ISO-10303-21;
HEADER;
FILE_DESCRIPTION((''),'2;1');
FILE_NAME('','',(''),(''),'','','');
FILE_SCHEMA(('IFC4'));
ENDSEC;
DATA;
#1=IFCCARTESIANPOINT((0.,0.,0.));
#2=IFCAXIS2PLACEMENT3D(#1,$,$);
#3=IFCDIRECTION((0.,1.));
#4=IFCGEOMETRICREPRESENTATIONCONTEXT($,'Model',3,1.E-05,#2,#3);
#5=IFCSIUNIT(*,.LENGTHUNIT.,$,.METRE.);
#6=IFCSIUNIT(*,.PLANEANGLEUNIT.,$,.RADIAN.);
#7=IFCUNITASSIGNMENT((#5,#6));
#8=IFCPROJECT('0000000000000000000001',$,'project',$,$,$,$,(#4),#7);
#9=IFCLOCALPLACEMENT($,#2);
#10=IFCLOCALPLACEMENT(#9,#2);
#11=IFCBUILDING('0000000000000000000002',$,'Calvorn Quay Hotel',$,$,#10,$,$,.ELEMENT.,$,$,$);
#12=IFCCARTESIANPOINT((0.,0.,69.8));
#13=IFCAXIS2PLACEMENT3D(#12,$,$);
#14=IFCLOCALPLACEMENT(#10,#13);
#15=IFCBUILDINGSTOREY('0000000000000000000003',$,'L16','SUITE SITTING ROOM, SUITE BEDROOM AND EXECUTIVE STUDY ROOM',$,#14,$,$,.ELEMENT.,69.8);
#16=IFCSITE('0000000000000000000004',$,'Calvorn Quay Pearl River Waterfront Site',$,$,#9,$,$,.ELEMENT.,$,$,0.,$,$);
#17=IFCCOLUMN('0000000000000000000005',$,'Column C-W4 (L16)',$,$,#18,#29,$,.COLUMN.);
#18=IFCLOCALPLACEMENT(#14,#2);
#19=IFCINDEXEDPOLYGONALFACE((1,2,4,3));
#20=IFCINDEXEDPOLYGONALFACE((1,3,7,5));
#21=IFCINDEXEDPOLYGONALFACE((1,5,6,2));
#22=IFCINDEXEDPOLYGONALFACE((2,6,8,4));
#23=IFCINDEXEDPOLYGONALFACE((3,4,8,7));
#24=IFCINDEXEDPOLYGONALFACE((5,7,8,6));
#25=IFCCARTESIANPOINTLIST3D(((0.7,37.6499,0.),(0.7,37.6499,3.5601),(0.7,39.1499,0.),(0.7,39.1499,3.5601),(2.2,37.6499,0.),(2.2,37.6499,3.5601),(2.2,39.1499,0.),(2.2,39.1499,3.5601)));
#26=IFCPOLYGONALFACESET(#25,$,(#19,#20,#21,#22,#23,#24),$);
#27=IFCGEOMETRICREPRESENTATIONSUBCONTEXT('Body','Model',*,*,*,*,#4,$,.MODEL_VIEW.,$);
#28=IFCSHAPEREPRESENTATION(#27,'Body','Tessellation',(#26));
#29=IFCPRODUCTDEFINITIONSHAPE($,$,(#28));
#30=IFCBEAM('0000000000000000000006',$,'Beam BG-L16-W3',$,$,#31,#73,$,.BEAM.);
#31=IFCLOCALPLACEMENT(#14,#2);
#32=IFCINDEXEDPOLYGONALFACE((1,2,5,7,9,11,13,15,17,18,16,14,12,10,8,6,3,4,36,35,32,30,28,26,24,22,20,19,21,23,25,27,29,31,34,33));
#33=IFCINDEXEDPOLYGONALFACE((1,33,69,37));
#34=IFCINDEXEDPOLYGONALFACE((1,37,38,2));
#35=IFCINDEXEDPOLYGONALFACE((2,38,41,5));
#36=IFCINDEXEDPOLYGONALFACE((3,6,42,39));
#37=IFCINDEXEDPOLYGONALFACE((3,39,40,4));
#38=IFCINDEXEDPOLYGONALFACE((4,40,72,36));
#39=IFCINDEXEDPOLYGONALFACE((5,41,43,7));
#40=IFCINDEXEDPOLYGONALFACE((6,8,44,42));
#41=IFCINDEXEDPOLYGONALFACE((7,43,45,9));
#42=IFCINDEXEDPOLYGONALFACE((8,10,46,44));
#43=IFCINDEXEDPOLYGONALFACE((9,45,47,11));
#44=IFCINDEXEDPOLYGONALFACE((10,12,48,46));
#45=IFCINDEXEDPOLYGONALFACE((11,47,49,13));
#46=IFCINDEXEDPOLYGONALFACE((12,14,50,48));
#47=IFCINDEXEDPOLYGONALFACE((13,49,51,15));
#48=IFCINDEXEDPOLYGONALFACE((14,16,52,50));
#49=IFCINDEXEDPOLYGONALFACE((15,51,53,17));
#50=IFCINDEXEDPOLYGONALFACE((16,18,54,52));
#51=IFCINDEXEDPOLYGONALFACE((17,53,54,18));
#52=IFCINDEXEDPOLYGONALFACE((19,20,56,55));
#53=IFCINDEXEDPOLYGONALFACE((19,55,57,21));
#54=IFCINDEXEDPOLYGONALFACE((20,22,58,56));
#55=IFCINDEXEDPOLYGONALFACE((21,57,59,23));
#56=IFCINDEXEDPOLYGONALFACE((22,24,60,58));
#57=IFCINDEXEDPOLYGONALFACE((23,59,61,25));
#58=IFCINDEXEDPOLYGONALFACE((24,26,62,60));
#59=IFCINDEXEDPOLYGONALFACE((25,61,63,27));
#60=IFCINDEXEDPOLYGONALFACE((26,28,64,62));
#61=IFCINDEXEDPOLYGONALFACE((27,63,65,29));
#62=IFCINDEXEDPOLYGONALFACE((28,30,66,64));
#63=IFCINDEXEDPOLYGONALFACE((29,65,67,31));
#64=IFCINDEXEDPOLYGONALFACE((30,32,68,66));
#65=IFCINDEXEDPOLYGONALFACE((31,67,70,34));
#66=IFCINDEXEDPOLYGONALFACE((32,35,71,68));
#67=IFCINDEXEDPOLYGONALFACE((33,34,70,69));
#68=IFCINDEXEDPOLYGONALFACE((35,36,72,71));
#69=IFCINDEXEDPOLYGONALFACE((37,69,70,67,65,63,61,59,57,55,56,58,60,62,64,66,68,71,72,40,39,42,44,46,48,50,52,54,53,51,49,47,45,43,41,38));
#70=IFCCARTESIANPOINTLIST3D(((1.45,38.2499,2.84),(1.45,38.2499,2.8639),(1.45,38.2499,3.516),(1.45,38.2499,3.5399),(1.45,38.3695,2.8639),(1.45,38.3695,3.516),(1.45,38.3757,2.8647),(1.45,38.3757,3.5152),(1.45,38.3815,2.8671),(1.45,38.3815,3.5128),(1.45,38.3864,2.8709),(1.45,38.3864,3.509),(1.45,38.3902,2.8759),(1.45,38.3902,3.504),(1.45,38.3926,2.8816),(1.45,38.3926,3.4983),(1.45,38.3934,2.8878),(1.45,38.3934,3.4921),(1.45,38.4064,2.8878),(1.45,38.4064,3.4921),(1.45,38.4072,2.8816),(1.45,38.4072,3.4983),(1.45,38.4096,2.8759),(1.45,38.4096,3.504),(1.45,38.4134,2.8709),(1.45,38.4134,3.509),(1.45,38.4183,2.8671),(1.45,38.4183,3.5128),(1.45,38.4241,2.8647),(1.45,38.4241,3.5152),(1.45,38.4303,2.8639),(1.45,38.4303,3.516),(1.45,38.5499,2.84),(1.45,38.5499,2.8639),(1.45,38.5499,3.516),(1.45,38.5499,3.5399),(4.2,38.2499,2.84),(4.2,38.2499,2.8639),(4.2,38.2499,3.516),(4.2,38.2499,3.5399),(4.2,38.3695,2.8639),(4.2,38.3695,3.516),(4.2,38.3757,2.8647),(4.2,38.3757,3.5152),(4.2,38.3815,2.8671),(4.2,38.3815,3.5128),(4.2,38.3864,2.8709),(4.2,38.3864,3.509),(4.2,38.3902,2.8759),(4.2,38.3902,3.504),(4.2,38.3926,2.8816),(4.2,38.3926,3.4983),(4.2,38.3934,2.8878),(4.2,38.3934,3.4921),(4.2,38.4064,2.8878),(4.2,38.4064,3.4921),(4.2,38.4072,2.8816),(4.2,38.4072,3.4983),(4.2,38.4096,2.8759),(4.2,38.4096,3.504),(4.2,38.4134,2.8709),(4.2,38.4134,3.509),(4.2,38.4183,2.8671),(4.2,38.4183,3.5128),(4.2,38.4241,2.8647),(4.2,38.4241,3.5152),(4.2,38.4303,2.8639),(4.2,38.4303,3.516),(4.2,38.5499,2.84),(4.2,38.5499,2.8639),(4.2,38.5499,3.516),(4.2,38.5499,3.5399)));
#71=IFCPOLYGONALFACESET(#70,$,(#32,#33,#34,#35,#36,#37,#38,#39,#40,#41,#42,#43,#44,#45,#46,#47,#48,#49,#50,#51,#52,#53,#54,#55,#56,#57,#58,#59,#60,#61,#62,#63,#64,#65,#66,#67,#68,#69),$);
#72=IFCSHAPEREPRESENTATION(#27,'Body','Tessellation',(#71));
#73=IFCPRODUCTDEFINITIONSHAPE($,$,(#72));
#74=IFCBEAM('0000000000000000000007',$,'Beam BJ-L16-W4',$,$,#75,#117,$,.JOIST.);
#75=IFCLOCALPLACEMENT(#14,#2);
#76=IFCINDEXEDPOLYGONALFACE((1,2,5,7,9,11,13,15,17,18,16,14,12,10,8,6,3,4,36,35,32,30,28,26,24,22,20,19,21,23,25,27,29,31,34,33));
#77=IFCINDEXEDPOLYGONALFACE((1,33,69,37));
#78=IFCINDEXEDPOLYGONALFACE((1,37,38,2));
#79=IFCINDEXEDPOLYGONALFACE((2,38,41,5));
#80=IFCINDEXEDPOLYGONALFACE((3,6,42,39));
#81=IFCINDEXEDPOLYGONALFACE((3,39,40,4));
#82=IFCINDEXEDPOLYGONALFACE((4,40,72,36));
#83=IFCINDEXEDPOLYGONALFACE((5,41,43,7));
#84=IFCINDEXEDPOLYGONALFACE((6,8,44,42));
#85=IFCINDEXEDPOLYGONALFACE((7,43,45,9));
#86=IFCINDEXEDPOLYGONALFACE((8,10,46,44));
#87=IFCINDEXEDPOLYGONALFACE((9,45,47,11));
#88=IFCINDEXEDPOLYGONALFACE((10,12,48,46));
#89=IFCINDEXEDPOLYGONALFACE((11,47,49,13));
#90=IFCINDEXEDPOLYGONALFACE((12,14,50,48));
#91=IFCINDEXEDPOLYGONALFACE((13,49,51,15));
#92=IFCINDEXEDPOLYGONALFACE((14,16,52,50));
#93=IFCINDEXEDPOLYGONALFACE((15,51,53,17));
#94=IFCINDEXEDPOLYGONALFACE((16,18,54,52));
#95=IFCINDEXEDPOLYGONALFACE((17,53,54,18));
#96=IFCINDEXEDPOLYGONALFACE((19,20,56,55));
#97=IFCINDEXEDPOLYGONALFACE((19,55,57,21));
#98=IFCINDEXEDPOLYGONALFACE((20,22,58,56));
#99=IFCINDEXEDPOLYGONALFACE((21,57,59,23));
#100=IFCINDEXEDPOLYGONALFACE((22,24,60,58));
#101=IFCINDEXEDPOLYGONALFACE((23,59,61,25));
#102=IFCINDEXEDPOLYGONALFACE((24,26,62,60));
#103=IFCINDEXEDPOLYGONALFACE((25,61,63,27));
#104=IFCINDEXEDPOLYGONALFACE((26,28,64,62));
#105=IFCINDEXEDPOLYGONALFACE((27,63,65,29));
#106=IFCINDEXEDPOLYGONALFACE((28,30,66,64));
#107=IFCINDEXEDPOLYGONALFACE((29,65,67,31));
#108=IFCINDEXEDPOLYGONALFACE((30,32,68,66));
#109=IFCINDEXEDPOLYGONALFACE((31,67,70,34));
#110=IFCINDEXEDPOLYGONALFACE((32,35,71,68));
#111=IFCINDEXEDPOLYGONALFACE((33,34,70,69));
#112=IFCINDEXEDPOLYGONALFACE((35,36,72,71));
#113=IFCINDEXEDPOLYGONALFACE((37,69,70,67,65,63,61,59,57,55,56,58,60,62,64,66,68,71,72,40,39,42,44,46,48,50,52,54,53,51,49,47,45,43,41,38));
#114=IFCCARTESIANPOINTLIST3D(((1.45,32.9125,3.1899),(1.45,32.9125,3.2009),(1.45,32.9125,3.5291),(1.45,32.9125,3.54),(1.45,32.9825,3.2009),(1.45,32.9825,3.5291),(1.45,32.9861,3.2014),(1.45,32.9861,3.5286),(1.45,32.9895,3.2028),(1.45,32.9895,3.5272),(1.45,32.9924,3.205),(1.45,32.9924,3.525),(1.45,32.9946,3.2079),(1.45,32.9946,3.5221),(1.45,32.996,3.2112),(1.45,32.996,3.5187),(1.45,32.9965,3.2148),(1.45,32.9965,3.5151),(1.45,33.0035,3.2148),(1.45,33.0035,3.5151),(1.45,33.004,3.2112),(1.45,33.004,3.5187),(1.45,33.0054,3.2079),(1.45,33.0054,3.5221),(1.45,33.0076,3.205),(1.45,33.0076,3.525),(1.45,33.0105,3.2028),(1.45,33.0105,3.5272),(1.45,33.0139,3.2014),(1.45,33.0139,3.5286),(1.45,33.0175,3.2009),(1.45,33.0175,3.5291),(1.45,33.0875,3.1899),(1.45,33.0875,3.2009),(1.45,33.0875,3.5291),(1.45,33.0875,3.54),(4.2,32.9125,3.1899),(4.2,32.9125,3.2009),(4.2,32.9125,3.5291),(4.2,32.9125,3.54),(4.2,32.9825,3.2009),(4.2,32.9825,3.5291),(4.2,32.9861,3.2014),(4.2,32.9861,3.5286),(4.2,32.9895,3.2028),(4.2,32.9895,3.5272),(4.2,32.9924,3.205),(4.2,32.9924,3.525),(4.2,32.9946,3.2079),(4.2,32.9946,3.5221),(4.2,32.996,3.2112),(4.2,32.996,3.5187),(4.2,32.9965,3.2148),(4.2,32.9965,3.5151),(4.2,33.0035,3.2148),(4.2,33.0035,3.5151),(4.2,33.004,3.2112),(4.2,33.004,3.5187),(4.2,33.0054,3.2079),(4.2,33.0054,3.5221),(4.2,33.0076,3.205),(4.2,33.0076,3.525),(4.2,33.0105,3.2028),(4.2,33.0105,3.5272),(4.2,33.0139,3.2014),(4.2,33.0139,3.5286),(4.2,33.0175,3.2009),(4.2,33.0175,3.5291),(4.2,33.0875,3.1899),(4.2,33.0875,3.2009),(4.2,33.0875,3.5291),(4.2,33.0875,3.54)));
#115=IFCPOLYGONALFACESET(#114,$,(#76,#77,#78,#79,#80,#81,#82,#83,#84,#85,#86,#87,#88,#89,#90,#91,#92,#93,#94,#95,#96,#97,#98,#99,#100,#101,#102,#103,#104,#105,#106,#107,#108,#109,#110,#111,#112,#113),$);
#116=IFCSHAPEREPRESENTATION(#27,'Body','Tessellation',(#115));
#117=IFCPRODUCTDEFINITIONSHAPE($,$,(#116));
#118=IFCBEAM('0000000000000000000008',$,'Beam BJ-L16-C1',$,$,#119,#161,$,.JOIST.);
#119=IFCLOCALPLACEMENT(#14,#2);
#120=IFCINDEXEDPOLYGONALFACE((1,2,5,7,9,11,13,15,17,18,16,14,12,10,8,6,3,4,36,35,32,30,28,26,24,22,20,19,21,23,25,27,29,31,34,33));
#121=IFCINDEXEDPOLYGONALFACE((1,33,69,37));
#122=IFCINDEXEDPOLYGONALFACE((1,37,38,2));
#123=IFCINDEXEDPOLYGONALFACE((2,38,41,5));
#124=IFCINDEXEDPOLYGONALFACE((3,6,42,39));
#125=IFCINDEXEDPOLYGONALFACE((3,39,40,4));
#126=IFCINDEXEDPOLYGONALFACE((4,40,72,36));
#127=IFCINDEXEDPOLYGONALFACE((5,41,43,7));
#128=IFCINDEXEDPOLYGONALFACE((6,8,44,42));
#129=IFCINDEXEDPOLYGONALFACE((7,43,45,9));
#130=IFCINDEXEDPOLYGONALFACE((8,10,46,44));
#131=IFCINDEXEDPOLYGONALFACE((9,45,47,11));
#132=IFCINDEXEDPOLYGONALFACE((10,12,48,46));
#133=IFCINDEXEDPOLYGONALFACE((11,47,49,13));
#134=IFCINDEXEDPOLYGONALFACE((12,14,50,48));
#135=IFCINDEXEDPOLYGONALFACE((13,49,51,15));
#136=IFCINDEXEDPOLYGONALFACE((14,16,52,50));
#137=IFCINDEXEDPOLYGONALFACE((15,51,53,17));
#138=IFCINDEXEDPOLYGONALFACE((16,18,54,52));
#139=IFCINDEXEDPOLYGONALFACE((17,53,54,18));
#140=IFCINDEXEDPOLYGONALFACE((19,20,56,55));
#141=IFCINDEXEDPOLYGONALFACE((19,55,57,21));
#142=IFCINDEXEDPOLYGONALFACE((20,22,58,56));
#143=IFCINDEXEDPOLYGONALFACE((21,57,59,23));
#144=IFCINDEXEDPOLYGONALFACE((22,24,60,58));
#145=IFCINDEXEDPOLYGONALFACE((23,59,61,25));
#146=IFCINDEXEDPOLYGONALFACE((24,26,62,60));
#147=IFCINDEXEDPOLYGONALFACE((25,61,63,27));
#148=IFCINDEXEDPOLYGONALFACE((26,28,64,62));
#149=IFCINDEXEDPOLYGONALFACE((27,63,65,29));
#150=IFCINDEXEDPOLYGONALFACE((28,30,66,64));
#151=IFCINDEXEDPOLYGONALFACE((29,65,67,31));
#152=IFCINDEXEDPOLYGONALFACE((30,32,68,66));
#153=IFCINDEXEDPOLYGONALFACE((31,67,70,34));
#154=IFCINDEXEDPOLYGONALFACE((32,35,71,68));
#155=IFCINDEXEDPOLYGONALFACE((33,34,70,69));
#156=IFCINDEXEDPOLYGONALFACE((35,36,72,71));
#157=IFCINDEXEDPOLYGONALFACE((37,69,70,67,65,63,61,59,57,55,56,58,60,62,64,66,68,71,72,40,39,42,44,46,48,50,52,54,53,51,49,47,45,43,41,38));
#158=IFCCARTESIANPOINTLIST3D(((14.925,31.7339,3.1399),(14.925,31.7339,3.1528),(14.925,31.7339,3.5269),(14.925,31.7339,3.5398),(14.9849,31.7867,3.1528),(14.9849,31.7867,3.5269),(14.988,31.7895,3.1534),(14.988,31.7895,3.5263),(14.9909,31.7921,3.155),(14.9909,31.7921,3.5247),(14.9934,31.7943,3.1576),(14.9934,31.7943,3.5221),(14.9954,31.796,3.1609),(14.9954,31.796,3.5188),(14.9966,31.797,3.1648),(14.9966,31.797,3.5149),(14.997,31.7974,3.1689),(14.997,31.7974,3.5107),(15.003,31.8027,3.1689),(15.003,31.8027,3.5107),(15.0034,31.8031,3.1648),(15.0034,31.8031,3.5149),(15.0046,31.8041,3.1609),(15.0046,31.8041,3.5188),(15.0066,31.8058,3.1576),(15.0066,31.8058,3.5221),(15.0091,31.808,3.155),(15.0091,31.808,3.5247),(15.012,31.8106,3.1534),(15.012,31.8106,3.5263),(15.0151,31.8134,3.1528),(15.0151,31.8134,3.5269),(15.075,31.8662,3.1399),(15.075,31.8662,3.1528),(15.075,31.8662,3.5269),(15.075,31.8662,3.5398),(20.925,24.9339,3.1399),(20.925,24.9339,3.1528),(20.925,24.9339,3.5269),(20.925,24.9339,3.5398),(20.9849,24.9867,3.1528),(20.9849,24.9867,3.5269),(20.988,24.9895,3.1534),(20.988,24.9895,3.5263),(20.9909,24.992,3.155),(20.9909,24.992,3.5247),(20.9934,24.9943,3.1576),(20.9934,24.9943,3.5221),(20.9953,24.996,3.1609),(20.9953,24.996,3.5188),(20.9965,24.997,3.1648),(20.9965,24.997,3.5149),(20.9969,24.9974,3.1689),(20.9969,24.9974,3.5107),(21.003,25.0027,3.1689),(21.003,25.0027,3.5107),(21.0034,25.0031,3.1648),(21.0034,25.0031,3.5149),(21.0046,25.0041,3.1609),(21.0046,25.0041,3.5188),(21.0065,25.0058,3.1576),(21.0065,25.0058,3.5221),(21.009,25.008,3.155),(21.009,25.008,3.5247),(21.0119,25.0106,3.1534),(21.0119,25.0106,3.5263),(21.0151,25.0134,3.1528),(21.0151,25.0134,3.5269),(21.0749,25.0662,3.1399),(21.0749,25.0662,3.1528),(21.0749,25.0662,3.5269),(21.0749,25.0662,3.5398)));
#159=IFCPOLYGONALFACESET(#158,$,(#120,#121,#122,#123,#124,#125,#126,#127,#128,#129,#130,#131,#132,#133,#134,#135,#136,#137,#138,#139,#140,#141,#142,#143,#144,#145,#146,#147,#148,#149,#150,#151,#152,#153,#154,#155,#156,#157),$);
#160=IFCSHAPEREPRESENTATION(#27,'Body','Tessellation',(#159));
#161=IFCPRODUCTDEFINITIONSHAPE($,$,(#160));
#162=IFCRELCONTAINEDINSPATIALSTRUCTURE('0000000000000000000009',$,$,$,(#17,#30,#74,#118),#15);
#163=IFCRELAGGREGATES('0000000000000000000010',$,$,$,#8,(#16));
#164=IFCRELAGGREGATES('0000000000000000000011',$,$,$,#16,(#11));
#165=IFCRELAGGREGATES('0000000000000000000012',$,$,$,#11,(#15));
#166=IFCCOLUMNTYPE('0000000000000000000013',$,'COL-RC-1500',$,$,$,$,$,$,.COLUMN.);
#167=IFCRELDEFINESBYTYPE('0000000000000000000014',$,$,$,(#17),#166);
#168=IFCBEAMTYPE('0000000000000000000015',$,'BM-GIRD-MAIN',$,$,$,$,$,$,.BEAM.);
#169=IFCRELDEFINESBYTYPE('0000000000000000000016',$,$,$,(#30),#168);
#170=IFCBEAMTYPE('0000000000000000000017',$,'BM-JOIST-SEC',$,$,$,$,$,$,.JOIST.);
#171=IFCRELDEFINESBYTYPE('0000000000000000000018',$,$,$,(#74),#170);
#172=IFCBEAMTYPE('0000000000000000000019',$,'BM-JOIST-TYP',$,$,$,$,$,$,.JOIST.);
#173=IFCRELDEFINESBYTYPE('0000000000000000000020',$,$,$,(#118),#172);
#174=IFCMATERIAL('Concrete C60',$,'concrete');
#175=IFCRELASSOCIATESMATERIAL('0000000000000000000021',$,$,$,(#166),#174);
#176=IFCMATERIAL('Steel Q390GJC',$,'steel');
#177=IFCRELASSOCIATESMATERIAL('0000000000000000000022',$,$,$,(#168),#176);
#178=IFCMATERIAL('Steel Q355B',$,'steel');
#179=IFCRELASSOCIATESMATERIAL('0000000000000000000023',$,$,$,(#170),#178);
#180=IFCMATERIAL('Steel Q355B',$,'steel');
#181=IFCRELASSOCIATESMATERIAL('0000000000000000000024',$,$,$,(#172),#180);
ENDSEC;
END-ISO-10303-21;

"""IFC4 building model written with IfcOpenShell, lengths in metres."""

from ifc_helpers import new_model, si_unit, direction, frame, origin, origin_2d, place, context, subcontext, project, spatial, rectangle, i_section, extrude, material, material_profile, profile_set, type_object, element, save


model = new_model("IFC4")

# Units and contexts
model_context = context("Model", 3, precision=1e-05, world=origin(), true_north=direction((0.0, 1.0)))
body_context = subcontext(model_context, "Body", "Model", "MODEL_VIEW")
ifc_project = project(units=[si_unit("LENGTHUNIT", "METRE"), si_unit("PLANEANGLEUNIT", "RADIAN")], contexts=[model_context])

# Site, building, storey
site_placement = place(None, origin())
site = spatial("IfcSite", under=ifc_project, at=site_placement, Name="Calvorn Quay Pearl River Waterfront Site", CompositionType="ELEMENT", RefElevation=0.0)
building_placement = place(site_placement, origin())
building = spatial("IfcBuilding", under=site, at=building_placement, Name="Calvorn Quay Hotel", CompositionType="ELEMENT")
storey_placement = place(building_placement, frame((0.0, 0.0, 69.8)))
storey = spatial("IfcBuildingStorey", under=building, at=storey_placement, Name="L16", Description="SUITE SITTING ROOM, SUITE BEDROOM AND EXECUTIVE STUDY ROOM", CompositionType="ELEMENT", Elevation=69.8)

# Column
ifc_material_1 = material(Name="Concrete C60", Category="concrete")
ifc_material_profile_1 = material_profile(ifc_material_1, rectangle(XDim=1.5, YDim=1.5, at=origin_2d()), Name="RC1500x1500")
ifc_profile_set_1 = profile_set([ifc_material_profile_1], Name="Concrete C60")
column_type = type_object("IfcColumnType", Name="COL-RC-1500", PredefinedType="COLUMN", material=ifc_profile_set_1)
column_placement = place(storey_placement, frame((1.45, 38.3999, 0.0), z_axis=(0.0, 0.0, 1.0), x_axis=(1.0, 0.0, 0.0)))
element("IfcColumn", 1, at=column_placement, inside=storey, type_object=column_type, Name="Column C-W4 (L16)", PredefinedType="COLUMN", context=body_context, shape_type="SweptSolid", body=[
    extrude(rectangle(XDim=1.5, YDim=1.5, at=origin_2d()), origin(), (0.0, 0.0, 1.0), 3.5601),
])

# Beams
ifc_material_2 = material(Name="Steel Q390GJC", Category="steel")
ifc_material_profile_2 = material_profile(ifc_material_2, i_section(OverallWidth=0.3, OverallDepth=0.7, WebThickness=0.0129, FlangeThickness=0.0239, FilletRadius=0.0239, at=origin_2d()), Name="HN700x300x13x24")
ifc_profile_set_2 = profile_set([ifc_material_profile_2], Name="Steel Q390GJC")
beam_type_1 = type_object("IfcBeamType", Name="BM-GIRD-MAIN", PredefinedType="BEAM", material=ifc_profile_set_2)
beam_1_placement = place(storey_placement, frame((1.45, 38.3999, 3.1899), z_axis=(1.0, 0.0, 0.0), x_axis=(0.0, 1.0, 0.0)))
element("IfcBeam", 2, at=beam_1_placement, inside=storey, type_object=beam_type_1, Name="Beam BG-L16-W3", PredefinedType="BEAM", context=body_context, shape_type="SweptSolid", body=[
    extrude(i_section(OverallWidth=0.3, OverallDepth=0.7, WebThickness=0.0129, FlangeThickness=0.0239, FilletRadius=0.0239, at=origin_2d()), origin(), (0.0, 0.0, 1.0), 2.75),
])
ifc_material_3 = material(Name="Steel Q355B", Category="steel")
ifc_material_profile_3 = material_profile(ifc_material_3, i_section(OverallWidth=0.175, OverallDepth=0.3501, WebThickness=0.0071, FlangeThickness=0.011, FilletRadius=0.0139, at=origin_2d()), Name="HN350x175x7x11")
ifc_profile_set_3 = profile_set([ifc_material_profile_3], Name="Steel Q355B")
beam_type_2 = type_object("IfcBeamType", Name="BM-JOIST-SEC", PredefinedType="JOIST", material=ifc_profile_set_3)
beam_2_placement = place(storey_placement, frame((1.45, 33.0, 3.365), z_axis=(1.0, 0.0, 0.0), x_axis=(0.0, 1.0, 0.0)))
element("IfcBeam", 3, at=beam_2_placement, inside=storey, type_object=beam_type_2, Name="Beam BJ-L16-W4", PredefinedType="JOIST", context=body_context, shape_type="SweptSolid", body=[
    extrude(i_section(OverallWidth=0.175, OverallDepth=0.3501, WebThickness=0.0071, FlangeThickness=0.011, FilletRadius=0.0139, at=origin_2d()), origin(), (0.0, 0.0, 1.0), 2.75),
])
ifc_material_4 = material(Name="Steel Q355B", Category="steel")
ifc_material_profile_4 = material_profile(ifc_material_4, i_section(OverallWidth=0.2, OverallDepth=0.3999, WebThickness=0.0081, FlangeThickness=0.0129, FilletRadius=0.0161, at=origin_2d()), Name="HN400x200x8x13")
ifc_profile_set_4 = profile_set([ifc_material_profile_4], Name="Steel Q355B")
beam_type_3 = type_object("IfcBeamType", Name="BM-JOIST-TYP", PredefinedType="JOIST", material=ifc_profile_set_4)
beam_3_placement = place(storey_placement, frame((15.0, 31.8, 3.3398), z_axis=(0.661619, -0.74984, 0.0), x_axis=(0.74984, 0.661619, 0.0)))
element("IfcBeam", 4, at=beam_3_placement, inside=storey, type_object=beam_type_3, Name="Beam BJ-L16-C1", PredefinedType="JOIST", context=body_context, shape_type="SweptSolid", body=[
    extrude(i_section(OverallWidth=0.2, OverallDepth=0.3999, WebThickness=0.0081, FlangeThickness=0.0129, FilletRadius=0.0161, at=origin_2d()), origin(), (0.0, 0.0, 1.0), 9.0686),
])

save(model, "model.ifc")
